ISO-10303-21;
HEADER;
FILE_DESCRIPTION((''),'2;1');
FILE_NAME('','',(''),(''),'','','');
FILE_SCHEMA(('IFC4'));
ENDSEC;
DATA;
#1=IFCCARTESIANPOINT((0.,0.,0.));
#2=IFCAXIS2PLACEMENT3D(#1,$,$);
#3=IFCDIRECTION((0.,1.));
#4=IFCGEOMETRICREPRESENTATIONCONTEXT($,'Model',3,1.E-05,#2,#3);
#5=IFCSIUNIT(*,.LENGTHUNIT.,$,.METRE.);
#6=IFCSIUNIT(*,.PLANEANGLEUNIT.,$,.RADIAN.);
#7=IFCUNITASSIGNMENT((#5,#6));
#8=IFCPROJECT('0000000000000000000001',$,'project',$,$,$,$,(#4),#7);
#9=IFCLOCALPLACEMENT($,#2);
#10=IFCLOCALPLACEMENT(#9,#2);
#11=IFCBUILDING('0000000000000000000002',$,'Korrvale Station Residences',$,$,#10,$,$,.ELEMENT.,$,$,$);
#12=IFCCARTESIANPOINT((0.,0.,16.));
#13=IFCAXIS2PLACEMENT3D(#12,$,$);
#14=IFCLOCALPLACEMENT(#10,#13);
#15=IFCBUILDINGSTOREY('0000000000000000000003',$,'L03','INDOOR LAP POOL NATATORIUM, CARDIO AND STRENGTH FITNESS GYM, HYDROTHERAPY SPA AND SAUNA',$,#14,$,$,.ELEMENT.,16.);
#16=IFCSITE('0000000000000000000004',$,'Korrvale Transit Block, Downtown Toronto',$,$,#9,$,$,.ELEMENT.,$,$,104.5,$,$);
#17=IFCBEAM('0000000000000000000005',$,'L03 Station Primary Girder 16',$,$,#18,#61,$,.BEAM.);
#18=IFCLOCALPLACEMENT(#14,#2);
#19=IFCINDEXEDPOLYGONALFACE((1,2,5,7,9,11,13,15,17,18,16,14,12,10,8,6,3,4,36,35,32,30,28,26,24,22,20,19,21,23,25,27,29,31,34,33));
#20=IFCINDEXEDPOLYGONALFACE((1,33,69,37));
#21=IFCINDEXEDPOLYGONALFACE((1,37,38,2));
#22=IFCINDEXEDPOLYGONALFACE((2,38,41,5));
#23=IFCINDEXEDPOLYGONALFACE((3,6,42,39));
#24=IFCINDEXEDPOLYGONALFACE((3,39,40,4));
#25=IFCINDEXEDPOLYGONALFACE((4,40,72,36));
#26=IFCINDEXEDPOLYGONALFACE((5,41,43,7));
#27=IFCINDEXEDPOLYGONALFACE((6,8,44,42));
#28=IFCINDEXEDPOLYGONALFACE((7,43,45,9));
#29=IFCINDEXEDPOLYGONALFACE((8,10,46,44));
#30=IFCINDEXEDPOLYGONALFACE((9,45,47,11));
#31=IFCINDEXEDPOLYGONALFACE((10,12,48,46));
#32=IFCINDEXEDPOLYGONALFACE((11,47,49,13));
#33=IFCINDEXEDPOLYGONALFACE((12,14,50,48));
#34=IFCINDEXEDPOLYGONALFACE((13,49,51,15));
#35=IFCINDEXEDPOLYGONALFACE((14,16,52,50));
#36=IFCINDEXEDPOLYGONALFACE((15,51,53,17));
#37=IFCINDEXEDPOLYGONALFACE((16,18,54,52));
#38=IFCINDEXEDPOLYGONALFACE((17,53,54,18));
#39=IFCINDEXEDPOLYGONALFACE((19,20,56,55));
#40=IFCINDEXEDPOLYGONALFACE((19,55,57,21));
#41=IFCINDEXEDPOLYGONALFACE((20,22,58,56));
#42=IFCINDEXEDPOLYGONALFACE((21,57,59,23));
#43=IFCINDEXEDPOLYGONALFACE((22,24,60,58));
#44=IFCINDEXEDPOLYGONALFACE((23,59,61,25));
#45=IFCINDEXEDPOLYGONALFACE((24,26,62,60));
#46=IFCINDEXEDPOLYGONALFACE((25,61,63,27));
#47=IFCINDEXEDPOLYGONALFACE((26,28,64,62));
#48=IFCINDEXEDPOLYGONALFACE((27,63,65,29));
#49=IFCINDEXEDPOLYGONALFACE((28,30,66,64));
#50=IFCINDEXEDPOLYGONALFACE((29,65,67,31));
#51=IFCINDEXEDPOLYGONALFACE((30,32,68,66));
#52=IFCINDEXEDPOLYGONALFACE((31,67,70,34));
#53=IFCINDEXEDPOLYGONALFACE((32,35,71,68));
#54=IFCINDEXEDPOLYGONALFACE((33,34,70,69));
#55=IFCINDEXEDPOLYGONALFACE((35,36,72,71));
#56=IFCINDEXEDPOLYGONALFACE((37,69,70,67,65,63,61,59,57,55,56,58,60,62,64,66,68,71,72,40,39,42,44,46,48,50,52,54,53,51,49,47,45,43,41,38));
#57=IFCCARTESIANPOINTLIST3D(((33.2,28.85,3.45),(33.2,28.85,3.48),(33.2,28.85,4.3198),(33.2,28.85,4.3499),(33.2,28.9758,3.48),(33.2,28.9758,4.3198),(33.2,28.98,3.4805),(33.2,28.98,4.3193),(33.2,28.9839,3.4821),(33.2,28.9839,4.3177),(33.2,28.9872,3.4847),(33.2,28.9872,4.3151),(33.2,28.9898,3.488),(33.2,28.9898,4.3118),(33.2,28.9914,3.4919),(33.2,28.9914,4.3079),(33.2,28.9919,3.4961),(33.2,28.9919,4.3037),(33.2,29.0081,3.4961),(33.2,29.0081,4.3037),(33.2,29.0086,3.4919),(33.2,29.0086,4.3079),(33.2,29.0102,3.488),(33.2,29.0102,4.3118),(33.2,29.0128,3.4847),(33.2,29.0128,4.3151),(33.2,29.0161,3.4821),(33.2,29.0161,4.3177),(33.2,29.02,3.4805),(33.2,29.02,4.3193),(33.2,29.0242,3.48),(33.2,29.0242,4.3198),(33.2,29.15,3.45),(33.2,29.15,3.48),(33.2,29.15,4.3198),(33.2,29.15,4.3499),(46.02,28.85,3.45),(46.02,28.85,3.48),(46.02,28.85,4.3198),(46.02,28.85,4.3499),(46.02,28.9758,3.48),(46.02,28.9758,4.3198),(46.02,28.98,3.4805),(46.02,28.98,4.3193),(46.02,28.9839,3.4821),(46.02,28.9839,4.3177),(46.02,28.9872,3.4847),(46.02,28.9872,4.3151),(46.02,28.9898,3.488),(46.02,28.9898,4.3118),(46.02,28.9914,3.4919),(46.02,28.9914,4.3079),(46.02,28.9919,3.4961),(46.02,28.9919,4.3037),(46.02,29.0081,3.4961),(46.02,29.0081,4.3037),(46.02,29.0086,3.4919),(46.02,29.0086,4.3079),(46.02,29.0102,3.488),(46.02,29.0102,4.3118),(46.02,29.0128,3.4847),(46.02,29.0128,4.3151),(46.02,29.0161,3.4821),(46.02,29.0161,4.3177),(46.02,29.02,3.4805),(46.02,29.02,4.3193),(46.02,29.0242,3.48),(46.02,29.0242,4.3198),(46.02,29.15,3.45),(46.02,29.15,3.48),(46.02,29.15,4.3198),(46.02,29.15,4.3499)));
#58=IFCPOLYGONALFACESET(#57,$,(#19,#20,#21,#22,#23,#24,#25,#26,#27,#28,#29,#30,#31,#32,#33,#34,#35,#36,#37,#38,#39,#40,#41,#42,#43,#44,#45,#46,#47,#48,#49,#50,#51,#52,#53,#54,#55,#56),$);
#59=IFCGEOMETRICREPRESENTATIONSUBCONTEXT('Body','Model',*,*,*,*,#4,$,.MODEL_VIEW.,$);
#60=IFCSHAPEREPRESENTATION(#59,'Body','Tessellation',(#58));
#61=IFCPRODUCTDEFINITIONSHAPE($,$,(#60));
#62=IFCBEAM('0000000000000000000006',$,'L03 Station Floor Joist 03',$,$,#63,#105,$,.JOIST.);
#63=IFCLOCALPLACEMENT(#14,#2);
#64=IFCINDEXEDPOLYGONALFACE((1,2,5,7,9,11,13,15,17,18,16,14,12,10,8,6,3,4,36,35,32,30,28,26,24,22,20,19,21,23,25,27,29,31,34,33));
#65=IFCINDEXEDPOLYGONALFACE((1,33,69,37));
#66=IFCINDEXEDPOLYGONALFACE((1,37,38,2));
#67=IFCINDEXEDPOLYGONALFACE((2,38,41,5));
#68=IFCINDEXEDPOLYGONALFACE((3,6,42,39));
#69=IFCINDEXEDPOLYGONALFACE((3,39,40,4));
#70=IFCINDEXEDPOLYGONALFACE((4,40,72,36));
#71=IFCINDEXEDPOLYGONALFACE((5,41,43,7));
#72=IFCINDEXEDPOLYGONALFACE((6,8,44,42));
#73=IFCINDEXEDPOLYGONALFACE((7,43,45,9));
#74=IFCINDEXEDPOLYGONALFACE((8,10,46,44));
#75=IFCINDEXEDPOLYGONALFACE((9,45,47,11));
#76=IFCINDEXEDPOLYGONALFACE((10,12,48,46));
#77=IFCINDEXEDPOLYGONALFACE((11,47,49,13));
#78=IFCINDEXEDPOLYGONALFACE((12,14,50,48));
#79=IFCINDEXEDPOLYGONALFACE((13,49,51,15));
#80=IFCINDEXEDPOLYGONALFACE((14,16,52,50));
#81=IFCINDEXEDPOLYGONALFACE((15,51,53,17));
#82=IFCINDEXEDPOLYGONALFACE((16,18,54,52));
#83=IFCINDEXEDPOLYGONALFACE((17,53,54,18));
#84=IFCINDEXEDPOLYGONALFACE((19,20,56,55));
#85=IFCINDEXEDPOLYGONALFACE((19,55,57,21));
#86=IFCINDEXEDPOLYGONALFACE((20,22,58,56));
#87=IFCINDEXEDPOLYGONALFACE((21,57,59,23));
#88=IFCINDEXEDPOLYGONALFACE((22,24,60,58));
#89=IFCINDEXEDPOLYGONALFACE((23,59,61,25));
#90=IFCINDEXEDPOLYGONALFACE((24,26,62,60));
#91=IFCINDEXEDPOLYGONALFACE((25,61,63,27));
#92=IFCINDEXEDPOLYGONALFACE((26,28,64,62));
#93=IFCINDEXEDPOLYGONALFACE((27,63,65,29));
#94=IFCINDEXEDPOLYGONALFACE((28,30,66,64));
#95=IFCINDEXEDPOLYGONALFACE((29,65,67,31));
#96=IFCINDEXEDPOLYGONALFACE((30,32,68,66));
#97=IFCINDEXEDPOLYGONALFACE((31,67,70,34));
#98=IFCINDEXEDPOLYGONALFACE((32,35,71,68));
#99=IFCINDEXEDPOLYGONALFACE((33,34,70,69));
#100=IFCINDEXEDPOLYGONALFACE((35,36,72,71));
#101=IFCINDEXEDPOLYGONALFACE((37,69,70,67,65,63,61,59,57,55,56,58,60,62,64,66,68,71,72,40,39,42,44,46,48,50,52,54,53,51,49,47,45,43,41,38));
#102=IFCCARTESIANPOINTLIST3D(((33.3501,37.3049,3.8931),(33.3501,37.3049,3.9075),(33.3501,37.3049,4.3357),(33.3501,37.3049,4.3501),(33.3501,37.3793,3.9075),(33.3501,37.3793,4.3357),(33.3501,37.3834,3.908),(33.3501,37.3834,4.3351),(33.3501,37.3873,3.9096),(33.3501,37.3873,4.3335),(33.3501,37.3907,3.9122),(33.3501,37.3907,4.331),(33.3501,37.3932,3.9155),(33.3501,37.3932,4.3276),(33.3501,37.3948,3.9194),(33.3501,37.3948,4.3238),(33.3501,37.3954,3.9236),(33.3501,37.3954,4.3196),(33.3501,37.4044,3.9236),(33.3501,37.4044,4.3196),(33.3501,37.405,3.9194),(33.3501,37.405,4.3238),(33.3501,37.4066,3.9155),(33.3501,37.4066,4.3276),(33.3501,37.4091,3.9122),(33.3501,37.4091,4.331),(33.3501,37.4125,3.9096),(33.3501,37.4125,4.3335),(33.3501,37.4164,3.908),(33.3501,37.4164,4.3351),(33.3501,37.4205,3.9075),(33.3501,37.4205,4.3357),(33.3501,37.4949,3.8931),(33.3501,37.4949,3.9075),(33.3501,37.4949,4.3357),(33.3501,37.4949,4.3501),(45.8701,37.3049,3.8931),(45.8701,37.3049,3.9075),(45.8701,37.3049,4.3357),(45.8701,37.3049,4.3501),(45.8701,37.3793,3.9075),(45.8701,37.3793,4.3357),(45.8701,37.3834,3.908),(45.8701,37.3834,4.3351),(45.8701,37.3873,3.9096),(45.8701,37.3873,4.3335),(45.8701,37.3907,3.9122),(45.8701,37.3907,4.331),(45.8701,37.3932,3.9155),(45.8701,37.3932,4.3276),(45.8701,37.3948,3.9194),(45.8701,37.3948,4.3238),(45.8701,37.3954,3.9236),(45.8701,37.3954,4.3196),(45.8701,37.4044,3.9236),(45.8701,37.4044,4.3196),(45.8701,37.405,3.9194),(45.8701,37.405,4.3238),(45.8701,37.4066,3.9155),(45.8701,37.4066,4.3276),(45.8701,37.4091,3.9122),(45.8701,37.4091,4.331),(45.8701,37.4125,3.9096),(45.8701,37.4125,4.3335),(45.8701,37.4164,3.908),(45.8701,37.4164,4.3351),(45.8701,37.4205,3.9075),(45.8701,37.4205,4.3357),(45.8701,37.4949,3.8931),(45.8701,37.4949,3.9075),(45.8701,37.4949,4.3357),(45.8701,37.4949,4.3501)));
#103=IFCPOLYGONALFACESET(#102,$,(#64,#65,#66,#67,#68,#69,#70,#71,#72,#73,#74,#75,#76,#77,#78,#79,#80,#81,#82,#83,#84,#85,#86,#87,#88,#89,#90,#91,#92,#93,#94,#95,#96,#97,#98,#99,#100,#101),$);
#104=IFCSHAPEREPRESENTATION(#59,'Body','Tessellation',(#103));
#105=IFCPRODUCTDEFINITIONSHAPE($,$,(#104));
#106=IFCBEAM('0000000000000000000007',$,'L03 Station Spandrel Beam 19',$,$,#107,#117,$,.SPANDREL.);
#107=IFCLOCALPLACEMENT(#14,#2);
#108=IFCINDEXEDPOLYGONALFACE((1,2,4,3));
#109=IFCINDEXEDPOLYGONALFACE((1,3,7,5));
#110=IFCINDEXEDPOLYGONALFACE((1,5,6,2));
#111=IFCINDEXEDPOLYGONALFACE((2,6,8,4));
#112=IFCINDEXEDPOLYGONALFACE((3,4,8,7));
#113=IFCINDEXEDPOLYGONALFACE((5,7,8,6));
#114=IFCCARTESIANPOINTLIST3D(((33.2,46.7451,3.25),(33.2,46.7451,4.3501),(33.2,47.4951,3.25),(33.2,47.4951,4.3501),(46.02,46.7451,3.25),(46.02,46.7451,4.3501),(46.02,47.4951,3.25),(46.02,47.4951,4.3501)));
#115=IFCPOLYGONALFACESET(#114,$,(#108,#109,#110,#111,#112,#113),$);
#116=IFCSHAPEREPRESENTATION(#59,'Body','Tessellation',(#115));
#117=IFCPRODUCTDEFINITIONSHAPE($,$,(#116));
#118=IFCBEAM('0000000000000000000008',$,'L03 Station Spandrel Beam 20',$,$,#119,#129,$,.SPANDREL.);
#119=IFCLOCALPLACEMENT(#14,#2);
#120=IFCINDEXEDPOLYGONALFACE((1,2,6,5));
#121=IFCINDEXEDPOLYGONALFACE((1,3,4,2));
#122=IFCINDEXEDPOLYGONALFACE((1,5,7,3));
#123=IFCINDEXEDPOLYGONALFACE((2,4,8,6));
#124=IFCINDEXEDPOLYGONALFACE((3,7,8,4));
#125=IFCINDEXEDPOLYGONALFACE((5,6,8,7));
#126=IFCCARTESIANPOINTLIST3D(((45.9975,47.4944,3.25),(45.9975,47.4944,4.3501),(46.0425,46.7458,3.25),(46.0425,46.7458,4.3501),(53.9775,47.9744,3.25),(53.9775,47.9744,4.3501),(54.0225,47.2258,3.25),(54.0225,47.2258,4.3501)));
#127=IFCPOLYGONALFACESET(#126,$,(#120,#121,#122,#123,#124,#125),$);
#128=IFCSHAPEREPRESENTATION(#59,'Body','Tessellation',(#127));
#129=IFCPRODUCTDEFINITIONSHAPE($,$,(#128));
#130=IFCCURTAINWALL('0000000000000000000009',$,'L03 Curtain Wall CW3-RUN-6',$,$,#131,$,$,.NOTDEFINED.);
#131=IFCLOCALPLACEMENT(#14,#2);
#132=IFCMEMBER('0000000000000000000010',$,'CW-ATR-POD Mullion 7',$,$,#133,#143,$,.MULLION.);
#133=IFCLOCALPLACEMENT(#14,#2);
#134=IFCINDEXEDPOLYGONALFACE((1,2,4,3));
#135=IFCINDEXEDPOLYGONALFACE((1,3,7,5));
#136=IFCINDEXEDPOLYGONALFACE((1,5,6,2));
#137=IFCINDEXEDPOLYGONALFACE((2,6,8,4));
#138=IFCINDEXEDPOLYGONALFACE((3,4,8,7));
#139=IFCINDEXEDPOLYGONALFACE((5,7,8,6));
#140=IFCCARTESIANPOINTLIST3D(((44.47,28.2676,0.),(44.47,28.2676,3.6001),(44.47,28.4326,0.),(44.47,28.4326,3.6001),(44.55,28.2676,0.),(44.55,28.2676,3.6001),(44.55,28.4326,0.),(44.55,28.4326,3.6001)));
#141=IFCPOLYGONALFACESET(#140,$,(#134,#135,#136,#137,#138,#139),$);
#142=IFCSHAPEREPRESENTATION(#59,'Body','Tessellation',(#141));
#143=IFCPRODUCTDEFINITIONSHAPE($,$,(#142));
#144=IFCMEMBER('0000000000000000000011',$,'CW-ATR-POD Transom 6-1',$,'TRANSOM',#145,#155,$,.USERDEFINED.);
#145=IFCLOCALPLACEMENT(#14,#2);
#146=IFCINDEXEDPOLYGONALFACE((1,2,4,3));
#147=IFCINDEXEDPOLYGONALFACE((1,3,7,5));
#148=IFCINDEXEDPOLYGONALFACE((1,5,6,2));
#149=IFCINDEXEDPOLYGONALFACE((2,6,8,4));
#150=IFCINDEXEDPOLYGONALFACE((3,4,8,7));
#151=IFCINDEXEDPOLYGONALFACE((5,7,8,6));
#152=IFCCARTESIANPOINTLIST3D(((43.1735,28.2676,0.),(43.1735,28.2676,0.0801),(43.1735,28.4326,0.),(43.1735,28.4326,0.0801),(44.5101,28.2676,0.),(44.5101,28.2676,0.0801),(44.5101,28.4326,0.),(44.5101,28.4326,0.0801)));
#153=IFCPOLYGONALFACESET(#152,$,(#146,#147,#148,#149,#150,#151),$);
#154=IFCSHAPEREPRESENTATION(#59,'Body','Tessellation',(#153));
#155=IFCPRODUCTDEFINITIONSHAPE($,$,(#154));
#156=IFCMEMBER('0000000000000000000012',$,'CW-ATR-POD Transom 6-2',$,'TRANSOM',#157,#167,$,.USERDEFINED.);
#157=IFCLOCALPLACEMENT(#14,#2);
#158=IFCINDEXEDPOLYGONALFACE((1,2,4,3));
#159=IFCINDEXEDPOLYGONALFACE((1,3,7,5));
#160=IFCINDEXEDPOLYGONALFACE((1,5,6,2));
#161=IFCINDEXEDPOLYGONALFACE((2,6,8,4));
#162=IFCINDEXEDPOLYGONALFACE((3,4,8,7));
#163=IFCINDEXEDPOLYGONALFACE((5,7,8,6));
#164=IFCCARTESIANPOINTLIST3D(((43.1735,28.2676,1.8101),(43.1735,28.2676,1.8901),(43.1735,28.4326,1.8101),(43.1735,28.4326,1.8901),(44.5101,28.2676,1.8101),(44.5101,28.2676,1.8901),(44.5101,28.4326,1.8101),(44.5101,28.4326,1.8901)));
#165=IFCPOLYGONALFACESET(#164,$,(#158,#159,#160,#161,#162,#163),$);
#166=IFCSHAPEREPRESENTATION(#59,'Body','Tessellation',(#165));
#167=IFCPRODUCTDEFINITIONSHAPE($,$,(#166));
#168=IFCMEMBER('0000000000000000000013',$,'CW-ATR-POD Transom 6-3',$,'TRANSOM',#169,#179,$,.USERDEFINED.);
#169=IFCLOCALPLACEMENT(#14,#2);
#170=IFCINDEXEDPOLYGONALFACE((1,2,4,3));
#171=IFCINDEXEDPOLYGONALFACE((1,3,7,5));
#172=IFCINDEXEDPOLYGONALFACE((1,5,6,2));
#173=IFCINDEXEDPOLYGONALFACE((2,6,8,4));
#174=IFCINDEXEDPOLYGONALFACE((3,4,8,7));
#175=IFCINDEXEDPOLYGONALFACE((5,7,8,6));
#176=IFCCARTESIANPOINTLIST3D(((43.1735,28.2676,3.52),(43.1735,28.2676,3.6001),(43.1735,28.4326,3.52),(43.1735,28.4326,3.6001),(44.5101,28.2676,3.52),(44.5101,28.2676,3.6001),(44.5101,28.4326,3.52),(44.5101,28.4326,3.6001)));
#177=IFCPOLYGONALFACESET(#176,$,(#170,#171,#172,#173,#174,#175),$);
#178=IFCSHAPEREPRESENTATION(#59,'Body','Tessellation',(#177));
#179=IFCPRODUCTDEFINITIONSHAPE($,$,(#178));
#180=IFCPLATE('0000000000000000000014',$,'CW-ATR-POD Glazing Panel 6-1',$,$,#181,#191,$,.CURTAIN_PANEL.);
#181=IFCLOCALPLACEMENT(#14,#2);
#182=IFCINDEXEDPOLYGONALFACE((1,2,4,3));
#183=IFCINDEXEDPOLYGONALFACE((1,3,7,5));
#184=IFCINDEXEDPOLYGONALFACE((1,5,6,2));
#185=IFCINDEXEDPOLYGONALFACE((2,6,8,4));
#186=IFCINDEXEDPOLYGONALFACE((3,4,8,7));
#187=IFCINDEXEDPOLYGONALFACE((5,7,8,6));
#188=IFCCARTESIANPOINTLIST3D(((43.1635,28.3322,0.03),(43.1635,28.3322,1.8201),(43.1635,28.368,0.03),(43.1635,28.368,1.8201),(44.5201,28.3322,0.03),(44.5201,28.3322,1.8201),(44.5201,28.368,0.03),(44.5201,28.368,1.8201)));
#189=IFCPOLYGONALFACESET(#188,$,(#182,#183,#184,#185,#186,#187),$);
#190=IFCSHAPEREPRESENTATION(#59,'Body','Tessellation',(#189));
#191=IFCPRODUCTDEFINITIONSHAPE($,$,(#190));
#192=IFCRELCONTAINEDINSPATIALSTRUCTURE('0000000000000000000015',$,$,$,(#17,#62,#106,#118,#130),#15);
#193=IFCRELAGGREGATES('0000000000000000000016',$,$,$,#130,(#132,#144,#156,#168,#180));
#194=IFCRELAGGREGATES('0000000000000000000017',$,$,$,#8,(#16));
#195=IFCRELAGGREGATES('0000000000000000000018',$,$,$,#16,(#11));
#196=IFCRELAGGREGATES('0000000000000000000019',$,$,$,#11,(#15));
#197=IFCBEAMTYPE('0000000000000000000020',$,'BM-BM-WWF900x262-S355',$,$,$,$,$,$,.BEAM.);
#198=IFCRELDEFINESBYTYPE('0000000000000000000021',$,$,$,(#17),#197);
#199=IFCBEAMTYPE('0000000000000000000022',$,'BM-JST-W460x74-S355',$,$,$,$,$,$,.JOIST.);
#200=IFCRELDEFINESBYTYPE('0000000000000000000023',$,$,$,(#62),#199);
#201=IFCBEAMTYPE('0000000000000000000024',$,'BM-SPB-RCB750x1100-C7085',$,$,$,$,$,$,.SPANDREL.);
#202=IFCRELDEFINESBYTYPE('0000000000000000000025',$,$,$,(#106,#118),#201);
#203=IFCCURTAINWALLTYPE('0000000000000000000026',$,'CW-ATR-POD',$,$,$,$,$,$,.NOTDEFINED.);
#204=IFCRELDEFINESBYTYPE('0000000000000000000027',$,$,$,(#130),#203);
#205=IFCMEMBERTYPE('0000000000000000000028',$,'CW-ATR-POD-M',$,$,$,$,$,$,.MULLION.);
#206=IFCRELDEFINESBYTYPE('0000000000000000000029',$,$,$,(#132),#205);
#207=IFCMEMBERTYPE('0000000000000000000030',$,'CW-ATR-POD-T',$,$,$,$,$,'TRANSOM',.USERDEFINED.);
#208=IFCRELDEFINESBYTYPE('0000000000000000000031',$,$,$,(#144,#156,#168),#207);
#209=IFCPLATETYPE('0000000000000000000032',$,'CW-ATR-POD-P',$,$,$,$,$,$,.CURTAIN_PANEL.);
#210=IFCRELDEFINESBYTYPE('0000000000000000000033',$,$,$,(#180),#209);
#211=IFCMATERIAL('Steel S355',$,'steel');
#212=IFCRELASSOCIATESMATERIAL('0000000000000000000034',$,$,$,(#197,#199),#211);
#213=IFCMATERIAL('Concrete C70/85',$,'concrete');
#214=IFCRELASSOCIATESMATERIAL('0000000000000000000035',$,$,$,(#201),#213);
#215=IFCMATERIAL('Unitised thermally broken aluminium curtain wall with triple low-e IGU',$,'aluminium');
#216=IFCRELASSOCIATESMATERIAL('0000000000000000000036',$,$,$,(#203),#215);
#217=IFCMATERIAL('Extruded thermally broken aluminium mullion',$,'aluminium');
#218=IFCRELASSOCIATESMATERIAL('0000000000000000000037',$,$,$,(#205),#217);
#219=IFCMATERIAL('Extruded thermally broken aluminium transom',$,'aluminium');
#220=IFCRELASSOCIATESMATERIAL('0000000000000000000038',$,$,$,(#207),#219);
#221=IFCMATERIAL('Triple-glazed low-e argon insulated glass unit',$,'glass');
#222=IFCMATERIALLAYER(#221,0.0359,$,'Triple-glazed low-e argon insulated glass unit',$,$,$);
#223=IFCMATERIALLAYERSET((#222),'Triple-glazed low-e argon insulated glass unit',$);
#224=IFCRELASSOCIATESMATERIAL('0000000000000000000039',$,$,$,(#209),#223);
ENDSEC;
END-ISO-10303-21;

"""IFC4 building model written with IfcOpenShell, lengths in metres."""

from ifc_helpers import new_model, si_unit, direction, frame, origin, origin_2d, place, context, subcontext, project, spatial, rectangle, i_section, extrude, material, layer, layer_set, material_profile, profile_set, type_object, element, aggregate, save


model = new_model("IFC4")

# Units and contexts
model_context = context("Model", 3, precision=1e-05, world=origin(), true_north=direction((0.0, 1.0)))
body_context = subcontext(model_context, "Body", "Model", "MODEL_VIEW")
ifc_project = project(units=[si_unit("LENGTHUNIT", "METRE"), si_unit("PLANEANGLEUNIT", "RADIAN")], contexts=[model_context])

# Site, building, storey
site_placement = place(None, origin())
site = spatial("IfcSite", under=ifc_project, at=site_placement, Name="Korrvale Transit Block, Downtown Toronto", CompositionType="ELEMENT", RefElevation=104.5)
building_placement = place(site_placement, origin())
building = spatial("IfcBuilding", under=site, at=building_placement, Name="Korrvale Station Residences", CompositionType="ELEMENT")
storey_placement = place(building_placement, frame((0.0, 0.0, 16.0)))
storey = spatial("IfcBuildingStorey", under=building, at=storey_placement, Name="L03", Description="INDOOR LAP POOL NATATORIUM, CARDIO AND STRENGTH FITNESS GYM, HYDROTHERAPY SPA AND SAUNA", CompositionType="ELEMENT", Elevation=16.0)

# Shared definitions
ifc_material_1 = material(Name="Concrete C70/85", Category="concrete")

# Beams
ifc_material_2 = material(Name="Steel S355", Category="steel")
ifc_material_profile_1 = material_profile(ifc_material_2, i_section(OverallWidth=0.3, OverallDepth=0.8999, WebThickness=0.0161, FlangeThickness=0.03, FilletRadius=0.0161, at=origin_2d()), Name="WWF900x262")
ifc_profile_set_1 = profile_set([ifc_material_profile_1], Name="Steel S355")
beam_type_1 = type_object("IfcBeamType", Name="BM-BM-WWF900x262-S355", PredefinedType="BEAM", material=ifc_profile_set_1)
beam_1_placement = place(storey_placement, frame((33.2, 29.0, 3.8999), z_axis=(1.0, 0.0, 0.0), x_axis=(0.0, 1.0, 0.0)))
element("IfcBeam", 1, at=beam_1_placement, inside=storey, type_object=beam_type_1, Name="L03 Station Primary Girder 16", PredefinedType="BEAM", context=body_context, shape_type="SweptSolid", body=[
    extrude(i_section(OverallWidth=0.3, OverallDepth=0.8999, WebThickness=0.0161, FlangeThickness=0.03, FilletRadius=0.0161, at=origin_2d()), origin(), (0.0, 0.0, 1.0), 12.8201),
])
ifc_material_profile_2 = material_profile(ifc_material_2, i_section(OverallWidth=0.1899, OverallDepth=0.457, WebThickness=0.009, FlangeThickness=0.0144, FilletRadius=0.0161, at=origin_2d()), Name="W460x74")
ifc_profile_set_2 = profile_set([ifc_material_profile_2], Name="Steel S355")
beam_type_2 = type_object("IfcBeamType", Name="BM-JST-W460x74-S355", PredefinedType="JOIST", material=ifc_profile_set_2)
beam_2_placement = place(storey_placement, frame((33.3501, 37.3999, 4.1216), z_axis=(1.0, 0.0, 0.0), x_axis=(0.0, 1.0, 0.0)))
element("IfcBeam", 2, at=beam_2_placement, inside=storey, type_object=beam_type_2, Name="L03 Station Floor Joist 03", PredefinedType="JOIST", context=body_context, shape_type="SweptSolid", body=[
    extrude(i_section(OverallWidth=0.1899, OverallDepth=0.457, WebThickness=0.009, FlangeThickness=0.0144, FilletRadius=0.0161, at=origin_2d()), origin(), (0.0, 0.0, 1.0), 12.52),
])
ifc_material_profile_3 = material_profile(ifc_material_1, rectangle(XDim=0.75, YDim=1.1001, at=origin_2d()), Name="RCB750x1100")
ifc_profile_set_3 = profile_set([ifc_material_profile_3], Name="Concrete C70/85")
beam_type_3 = type_object("IfcBeamType", Name="BM-SPB-RCB750x1100-C7085", PredefinedType="SPANDREL", material=ifc_profile_set_3)
beam_3_placement = place(storey_placement, frame((33.2, 47.1201, 3.8), z_axis=(1.0, 0.0, 0.0), x_axis=(0.0, 1.0, 0.0)))
element("IfcBeam", 3, at=beam_3_placement, inside=storey, type_object=beam_type_3, Name="L03 Station Spandrel Beam 19", PredefinedType="SPANDREL", context=body_context, shape_type="SweptSolid", body=[
    extrude(rectangle(XDim=0.75, YDim=1.1001, at=origin_2d()), origin(), (0.0, 0.0, 1.0), 12.8201),
])
beam_4_placement = place(storey_placement, frame((46.02, 47.1201, 3.8), z_axis=(0.998196, 0.06004, 0.0), x_axis=(-0.06004, 0.998196, 0.0)))
element("IfcBeam", 4, at=beam_4_placement, inside=storey, type_object=beam_type_3, Name="L03 Station Spandrel Beam 20", PredefinedType="SPANDREL", context=body_context, shape_type="SweptSolid", body=[
    extrude(rectangle(XDim=0.75, YDim=1.1001, at=origin_2d()), origin(), (0.0, 0.0, 1.0), 7.9944),
])

# Curtain wall, members, plate
ifc_material_3 = material(Name="Unitised thermally broken aluminium curtain wall with triple low-e IGU", Category="aluminium")
curtain_wall_type = type_object("IfcCurtainWallType", Name="CW-ATR-POD", PredefinedType="NOTDEFINED", material=ifc_material_3)
curtain_wall_placement = place(storey_placement, origin())
curtain_wall = element("IfcCurtainWall", 5, at=curtain_wall_placement, inside=storey, type_object=curtain_wall_type, Name="L03 Curtain Wall CW3-RUN-6", PredefinedType="NOTDEFINED")
ifc_material_4 = material(Name="Extruded thermally broken aluminium mullion", Category="aluminium")
member_type_1 = type_object("IfcMemberType", Name="CW-ATR-POD-M", PredefinedType="MULLION", material=ifc_material_4)
member_1_placement = place(storey_placement, frame((44.51, 28.3501, 0.0), z_axis=(0.0, 0.0, 1.0), x_axis=(1.0, 0.0, 0.0)))
member_1 = element("IfcMember", 6, at=member_1_placement, type_object=member_type_1, Name="CW-ATR-POD Mullion 7", PredefinedType="MULLION", context=body_context, shape_type="SweptSolid", body=[
    extrude(rectangle(XDim=0.0801, YDim=0.165, at=origin_2d()), origin(), (0.0, 0.0, 1.0), 3.6001),
])
ifc_material_5 = material(Name="Extruded thermally broken aluminium transom", Category="aluminium")
member_type_2 = type_object("IfcMemberType", Name="CW-ATR-POD-T", ElementType="TRANSOM", PredefinedType="USERDEFINED", material=ifc_material_5)
member_2_placement = place(storey_placement, frame((43.8418, 28.3501, 0.0), z_axis=(0.0, 0.0, 1.0), x_axis=(1.0, 0.0, 0.0)))
member_2 = element("IfcMember", 7, at=member_2_placement, type_object=member_type_2, Name="CW-ATR-POD Transom 6-1", ObjectType="TRANSOM", PredefinedType="USERDEFINED", context=body_context, shape_type="SweptSolid", body=[
    extrude(rectangle(XDim=1.3367, YDim=0.165, at=origin_2d()), origin(), (0.0, 0.0, 1.0), 0.0801),
])
member_3_placement = place(storey_placement, frame((43.8418, 28.3501, 1.8101), z_axis=(0.0, 0.0, 1.0), x_axis=(1.0, 0.0, 0.0)))
member_3 = element("IfcMember", 8, at=member_3_placement, type_object=member_type_2, Name="CW-ATR-POD Transom 6-2", ObjectType="TRANSOM", PredefinedType="USERDEFINED", context=body_context, shape_type="SweptSolid", body=[
    extrude(rectangle(XDim=1.3367, YDim=0.165, at=origin_2d()), origin(), (0.0, 0.0, 1.0), 0.0801),
])
member_4_placement = place(storey_placement, frame((43.8418, 28.3501, 3.52), z_axis=(0.0, 0.0, 1.0), x_axis=(1.0, 0.0, 0.0)))
member_4 = element("IfcMember", 9, at=member_4_placement, type_object=member_type_2, Name="CW-ATR-POD Transom 6-3", ObjectType="TRANSOM", PredefinedType="USERDEFINED", context=body_context, shape_type="SweptSolid", body=[
    extrude(rectangle(XDim=1.3367, YDim=0.165, at=origin_2d()), origin(), (0.0, 0.0, 1.0), 0.0801),
])
ifc_material_6 = material(Name="Triple-glazed low-e argon insulated glass unit", Category="glass")
ifc_layer_1 = layer(ifc_material_6, 0.0359, Name="Triple-glazed low-e argon insulated glass unit")
ifc_layer_set_1 = layer_set([ifc_layer_1], Name="Triple-glazed low-e argon insulated glass unit")
plate_type = type_object("IfcPlateType", Name="CW-ATR-POD-P", PredefinedType="CURTAIN_PANEL", material=ifc_layer_set_1)
plate_1_placement = place(storey_placement, frame((43.8418, 28.3501, 0.03), z_axis=(0.0, 0.0, 1.0), x_axis=(1.0, 0.0, 0.0)))
plate_1 = element("IfcPlate", 10, at=plate_1_placement, type_object=plate_type, Name="CW-ATR-POD Glazing Panel 6-1", PredefinedType="CURTAIN_PANEL", context=body_context, shape_type="SweptSolid", body=[
    extrude(rectangle(XDim=1.3567, YDim=0.0359, at=origin_2d()), origin(), (0.0, 0.0, 1.0), 1.79),
])
aggregate(curtain_wall, [member_1, member_2, member_3, member_4, plate_1])

save(model, "model.ifc")
